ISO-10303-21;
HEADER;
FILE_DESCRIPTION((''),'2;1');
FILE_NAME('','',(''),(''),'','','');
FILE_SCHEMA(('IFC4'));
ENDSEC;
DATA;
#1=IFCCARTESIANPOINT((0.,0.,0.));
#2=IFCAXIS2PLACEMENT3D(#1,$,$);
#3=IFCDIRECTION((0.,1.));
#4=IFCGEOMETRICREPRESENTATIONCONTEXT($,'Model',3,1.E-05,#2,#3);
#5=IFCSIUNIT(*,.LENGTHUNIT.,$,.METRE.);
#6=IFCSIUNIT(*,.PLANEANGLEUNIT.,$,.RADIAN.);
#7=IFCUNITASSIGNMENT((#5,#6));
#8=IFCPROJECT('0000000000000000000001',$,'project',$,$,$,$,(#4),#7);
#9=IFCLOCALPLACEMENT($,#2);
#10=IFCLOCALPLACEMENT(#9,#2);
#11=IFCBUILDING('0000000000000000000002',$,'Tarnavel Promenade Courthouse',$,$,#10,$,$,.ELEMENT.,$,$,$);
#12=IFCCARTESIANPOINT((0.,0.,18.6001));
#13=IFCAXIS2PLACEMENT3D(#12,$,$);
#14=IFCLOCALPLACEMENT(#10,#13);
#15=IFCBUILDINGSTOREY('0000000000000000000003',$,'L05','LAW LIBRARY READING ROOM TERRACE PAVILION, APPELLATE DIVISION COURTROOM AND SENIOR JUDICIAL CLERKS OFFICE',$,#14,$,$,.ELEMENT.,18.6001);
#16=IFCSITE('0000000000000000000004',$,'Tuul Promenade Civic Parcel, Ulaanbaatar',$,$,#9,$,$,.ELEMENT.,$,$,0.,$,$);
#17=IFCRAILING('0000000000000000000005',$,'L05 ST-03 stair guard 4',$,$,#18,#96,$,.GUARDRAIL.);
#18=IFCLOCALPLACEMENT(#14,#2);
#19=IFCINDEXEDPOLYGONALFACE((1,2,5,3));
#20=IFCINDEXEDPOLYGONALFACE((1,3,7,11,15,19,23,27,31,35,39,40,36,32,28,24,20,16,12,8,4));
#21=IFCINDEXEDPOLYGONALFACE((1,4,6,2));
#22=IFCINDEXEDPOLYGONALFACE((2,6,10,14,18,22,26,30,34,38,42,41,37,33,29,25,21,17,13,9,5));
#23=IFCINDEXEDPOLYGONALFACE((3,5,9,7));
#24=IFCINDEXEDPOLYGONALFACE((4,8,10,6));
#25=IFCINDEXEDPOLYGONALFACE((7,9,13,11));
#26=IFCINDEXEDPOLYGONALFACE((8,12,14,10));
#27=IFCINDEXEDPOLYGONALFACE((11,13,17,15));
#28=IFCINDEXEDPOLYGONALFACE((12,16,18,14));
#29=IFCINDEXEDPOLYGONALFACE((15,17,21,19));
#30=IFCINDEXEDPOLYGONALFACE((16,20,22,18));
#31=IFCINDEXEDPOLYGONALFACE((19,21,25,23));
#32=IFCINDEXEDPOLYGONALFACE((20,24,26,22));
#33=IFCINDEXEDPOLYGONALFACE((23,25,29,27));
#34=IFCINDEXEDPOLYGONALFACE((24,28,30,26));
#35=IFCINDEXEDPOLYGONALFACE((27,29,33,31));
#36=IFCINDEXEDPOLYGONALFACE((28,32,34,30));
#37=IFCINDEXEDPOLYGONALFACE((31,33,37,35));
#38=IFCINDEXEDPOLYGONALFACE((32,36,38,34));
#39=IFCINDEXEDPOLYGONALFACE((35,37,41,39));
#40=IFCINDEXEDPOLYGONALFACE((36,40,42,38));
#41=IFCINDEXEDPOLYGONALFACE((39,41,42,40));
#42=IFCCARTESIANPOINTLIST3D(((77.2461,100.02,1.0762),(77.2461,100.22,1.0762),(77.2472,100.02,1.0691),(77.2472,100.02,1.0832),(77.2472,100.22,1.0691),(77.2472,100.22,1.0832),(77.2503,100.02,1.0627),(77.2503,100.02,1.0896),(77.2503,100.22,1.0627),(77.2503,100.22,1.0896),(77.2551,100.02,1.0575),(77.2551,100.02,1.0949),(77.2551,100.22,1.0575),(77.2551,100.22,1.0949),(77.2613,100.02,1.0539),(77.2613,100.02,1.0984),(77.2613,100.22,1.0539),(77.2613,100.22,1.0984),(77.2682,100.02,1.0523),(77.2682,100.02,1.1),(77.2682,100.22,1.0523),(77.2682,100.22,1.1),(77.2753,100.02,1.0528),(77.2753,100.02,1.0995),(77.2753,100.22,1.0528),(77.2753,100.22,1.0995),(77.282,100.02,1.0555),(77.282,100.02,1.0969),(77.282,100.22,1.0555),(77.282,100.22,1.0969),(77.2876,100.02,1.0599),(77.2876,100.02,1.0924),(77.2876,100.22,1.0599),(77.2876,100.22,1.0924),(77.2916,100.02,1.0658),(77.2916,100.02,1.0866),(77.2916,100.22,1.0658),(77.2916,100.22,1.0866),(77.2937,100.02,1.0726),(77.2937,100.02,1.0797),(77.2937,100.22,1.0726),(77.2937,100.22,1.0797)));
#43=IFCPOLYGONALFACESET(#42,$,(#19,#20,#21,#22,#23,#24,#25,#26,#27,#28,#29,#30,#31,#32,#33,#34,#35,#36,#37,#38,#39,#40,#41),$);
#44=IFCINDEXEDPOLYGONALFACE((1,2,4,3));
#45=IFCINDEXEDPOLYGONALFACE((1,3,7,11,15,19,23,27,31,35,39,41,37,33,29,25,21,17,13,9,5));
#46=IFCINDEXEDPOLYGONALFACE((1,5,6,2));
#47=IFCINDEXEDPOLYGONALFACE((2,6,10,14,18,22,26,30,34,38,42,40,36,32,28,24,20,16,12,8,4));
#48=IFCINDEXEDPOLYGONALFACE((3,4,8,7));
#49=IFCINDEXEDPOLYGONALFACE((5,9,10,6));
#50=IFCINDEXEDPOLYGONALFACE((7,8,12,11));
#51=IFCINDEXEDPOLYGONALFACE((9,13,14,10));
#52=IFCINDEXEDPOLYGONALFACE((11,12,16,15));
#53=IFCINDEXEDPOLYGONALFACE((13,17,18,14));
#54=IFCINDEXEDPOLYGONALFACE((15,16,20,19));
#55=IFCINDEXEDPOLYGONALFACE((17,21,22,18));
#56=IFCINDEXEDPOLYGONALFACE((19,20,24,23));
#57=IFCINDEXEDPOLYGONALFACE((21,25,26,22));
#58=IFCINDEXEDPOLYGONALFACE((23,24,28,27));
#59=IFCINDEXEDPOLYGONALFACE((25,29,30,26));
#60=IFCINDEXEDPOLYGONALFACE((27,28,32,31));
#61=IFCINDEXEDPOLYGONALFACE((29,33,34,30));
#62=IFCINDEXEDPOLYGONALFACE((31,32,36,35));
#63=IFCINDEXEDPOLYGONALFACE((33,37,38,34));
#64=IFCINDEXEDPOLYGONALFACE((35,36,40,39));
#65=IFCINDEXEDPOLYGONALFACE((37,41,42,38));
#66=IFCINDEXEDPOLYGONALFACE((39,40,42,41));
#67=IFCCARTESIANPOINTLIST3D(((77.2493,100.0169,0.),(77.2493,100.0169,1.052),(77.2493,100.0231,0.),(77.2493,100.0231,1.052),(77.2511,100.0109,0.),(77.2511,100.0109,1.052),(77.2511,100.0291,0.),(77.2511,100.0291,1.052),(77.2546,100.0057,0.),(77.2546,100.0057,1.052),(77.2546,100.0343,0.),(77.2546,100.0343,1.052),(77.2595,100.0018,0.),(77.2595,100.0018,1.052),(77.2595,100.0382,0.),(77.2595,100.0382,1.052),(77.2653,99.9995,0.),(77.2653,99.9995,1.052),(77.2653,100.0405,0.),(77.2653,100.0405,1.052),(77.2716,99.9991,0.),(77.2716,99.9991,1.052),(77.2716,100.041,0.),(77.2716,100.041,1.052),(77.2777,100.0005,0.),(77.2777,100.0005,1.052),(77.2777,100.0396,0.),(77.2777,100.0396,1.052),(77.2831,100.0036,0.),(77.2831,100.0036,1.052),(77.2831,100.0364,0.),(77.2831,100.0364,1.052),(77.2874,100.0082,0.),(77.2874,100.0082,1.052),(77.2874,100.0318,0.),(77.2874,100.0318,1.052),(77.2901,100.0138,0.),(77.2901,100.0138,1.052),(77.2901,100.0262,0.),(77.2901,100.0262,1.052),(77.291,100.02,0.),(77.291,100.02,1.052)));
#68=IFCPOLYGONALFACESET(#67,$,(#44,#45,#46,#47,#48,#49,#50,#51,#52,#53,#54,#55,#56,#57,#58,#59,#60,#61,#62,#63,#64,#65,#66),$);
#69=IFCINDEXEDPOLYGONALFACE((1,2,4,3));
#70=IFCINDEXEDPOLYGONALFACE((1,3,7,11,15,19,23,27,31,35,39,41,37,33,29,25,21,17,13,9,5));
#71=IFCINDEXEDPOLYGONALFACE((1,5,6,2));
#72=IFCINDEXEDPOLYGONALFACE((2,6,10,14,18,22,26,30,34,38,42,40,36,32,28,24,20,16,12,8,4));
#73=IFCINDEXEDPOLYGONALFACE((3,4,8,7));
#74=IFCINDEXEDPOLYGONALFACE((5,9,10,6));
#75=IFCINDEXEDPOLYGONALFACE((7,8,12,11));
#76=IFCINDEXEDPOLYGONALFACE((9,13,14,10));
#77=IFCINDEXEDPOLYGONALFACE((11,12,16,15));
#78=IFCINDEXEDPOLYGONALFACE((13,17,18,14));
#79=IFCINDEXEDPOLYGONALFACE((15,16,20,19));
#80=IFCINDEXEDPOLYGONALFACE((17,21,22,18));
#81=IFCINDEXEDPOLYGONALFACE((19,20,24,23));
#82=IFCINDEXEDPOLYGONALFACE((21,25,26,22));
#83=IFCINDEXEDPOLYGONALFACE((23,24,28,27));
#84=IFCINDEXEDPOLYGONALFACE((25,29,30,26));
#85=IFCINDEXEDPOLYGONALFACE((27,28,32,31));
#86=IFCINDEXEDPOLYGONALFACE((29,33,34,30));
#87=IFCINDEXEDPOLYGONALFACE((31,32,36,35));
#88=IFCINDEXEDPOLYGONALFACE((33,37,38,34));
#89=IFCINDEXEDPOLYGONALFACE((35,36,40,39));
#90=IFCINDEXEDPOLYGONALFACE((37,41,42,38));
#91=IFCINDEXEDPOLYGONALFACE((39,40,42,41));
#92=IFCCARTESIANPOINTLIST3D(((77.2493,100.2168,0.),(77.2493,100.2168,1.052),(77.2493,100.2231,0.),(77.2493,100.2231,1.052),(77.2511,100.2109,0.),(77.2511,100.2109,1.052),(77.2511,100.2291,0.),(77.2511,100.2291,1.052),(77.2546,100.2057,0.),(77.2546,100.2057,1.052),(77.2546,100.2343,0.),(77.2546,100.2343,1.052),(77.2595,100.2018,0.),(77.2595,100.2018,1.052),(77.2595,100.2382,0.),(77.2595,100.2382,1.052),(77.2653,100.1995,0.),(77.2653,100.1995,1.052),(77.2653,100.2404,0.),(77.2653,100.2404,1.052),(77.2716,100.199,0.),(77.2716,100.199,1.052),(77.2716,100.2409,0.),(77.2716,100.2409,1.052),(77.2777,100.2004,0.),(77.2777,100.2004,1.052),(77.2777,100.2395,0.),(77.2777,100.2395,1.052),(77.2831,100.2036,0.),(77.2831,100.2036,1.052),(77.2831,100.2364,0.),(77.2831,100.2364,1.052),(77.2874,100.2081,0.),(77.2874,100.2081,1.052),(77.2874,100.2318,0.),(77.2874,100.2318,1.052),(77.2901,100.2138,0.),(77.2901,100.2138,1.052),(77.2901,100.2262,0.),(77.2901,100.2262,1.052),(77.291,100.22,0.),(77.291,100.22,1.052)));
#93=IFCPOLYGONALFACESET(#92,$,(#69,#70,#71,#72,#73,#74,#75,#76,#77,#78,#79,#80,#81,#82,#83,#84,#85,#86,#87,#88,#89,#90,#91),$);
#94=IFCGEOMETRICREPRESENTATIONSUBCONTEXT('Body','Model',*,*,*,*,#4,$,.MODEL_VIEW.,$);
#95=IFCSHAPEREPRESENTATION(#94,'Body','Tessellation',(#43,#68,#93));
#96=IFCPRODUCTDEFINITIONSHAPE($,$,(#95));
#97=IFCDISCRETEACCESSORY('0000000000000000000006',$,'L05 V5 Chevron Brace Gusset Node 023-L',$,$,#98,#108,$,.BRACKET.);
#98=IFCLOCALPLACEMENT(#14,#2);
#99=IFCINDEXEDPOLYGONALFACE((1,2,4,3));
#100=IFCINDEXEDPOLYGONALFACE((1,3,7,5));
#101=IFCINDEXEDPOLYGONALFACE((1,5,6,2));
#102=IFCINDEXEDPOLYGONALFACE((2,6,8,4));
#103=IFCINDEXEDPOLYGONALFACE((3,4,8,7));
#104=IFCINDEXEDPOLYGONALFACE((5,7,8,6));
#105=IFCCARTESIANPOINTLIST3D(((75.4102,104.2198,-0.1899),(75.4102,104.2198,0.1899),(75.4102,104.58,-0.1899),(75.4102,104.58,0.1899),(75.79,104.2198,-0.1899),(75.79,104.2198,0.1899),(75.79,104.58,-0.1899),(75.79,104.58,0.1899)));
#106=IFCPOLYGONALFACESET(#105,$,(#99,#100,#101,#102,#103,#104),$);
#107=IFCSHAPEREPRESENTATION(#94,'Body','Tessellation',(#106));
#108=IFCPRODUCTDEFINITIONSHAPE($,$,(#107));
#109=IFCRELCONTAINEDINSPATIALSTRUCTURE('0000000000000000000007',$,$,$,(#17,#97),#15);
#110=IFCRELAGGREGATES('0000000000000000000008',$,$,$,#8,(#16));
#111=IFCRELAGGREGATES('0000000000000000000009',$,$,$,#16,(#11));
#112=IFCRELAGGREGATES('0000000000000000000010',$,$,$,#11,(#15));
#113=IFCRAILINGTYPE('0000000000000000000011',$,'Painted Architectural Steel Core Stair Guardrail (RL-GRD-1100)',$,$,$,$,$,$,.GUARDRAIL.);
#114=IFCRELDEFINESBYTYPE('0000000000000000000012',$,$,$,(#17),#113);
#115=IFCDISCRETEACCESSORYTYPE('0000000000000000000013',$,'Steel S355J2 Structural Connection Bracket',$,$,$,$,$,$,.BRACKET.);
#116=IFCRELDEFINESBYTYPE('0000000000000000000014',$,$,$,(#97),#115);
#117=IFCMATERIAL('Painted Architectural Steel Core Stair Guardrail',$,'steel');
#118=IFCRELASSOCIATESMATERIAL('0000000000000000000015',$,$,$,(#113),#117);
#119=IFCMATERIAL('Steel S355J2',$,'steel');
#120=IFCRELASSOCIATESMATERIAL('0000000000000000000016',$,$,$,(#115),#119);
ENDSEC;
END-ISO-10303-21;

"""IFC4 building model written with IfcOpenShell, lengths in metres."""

from ifc_helpers import new_model, si_unit, direction, frame, origin, origin_2d, place, context, subcontext, project, spatial, rectangle, circle, extrude, material, type_object, element, save


model = new_model("IFC4")

# Units and contexts
model_context = context("Model", 3, precision=1e-05, world=origin(), true_north=direction((0.0, 1.0)))
body_context = subcontext(model_context, "Body", "Model", "MODEL_VIEW")
ifc_project = project(units=[si_unit("LENGTHUNIT", "METRE"), si_unit("PLANEANGLEUNIT", "RADIAN")], contexts=[model_context])

# Site, building, storey
site_placement = place(None, origin())
site = spatial("IfcSite", under=ifc_project, at=site_placement, Name="Tuul Promenade Civic Parcel, Ulaanbaatar", CompositionType="ELEMENT", RefElevation=0.0)
building_placement = place(site_placement, origin())
building = spatial("IfcBuilding", under=site, at=building_placement, Name="Tarnavel Promenade Courthouse", CompositionType="ELEMENT")
storey_placement = place(building_placement, frame((0.0, 0.0, 18.6001)))
storey = spatial("IfcBuildingStorey", under=building, at=storey_placement, Name="L05", Description="LAW LIBRARY READING ROOM TERRACE PAVILION, APPELLATE DIVISION COURTROOM AND SENIOR JUDICIAL CLERKS OFFICE", CompositionType="ELEMENT", Elevation=18.6001)

# Shared definitions
ifc_material_1 = material(Name="Steel S355J2", Category="steel")

# Railing
ifc_material_2 = material(Name="Painted Architectural Steel Core Stair Guardrail", Category="steel")
railing_type_1 = type_object("IfcRailingType", Name="Painted Architectural Steel Core Stair Guardrail (RL-GRD-1100)", PredefinedType="GUARDRAIL", material=ifc_material_2)
railing_1_placement = place(storey_placement, frame((77.27, 100.02, 0.0)))
element("IfcRailing", 1, at=railing_1_placement, inside=storey, type_object=railing_type_1, Name="L05 ST-03 stair guard 4", PredefinedType="GUARDRAIL", context=body_context, shape_type="SweptSolid", body=[
    extrude(circle(Radius=0.0239, at=origin_2d()), frame((0.0, 0.0, 1.0762), z_axis=(0.0, 1.0, 0.0), x_axis=(-1.0, 0.0, 0.0)), (0.0, 0.0, 1.0), 0.2),
    extrude(circle(Radius=0.021, at=origin_2d()), origin(), (0.0, 0.0, 1.0), 1.052),
    extrude(circle(Radius=0.021, at=origin_2d()), frame((0.0, 0.2, 0.0)), (0.0, 0.0, 1.0), 1.052),
])

# Discrete accessory
discrete_accessory_type = type_object("IfcDiscreteAccessoryType", Name="Steel S355J2 Structural Connection Bracket", PredefinedType="BRACKET", material=ifc_material_1)
discrete_accessory_placement = place(storey_placement, frame((75.6001, 104.3999, -0.1899), z_axis=(0.0, 0.0, 1.0), x_axis=(1.0, 0.0, 0.0)))
element("IfcDiscreteAccessory", 2, at=discrete_accessory_placement, inside=storey, type_object=discrete_accessory_type, Name="L05 V5 Chevron Brace Gusset Node 023-L", PredefinedType="BRACKET", context=body_context, shape_type="SweptSolid", body=[
    extrude(rectangle(XDim=0.3799, YDim=0.3601, at=origin_2d()), origin(), (0.0, 0.0, 1.0), 0.3799),
])

save(model, "model.ifc")
